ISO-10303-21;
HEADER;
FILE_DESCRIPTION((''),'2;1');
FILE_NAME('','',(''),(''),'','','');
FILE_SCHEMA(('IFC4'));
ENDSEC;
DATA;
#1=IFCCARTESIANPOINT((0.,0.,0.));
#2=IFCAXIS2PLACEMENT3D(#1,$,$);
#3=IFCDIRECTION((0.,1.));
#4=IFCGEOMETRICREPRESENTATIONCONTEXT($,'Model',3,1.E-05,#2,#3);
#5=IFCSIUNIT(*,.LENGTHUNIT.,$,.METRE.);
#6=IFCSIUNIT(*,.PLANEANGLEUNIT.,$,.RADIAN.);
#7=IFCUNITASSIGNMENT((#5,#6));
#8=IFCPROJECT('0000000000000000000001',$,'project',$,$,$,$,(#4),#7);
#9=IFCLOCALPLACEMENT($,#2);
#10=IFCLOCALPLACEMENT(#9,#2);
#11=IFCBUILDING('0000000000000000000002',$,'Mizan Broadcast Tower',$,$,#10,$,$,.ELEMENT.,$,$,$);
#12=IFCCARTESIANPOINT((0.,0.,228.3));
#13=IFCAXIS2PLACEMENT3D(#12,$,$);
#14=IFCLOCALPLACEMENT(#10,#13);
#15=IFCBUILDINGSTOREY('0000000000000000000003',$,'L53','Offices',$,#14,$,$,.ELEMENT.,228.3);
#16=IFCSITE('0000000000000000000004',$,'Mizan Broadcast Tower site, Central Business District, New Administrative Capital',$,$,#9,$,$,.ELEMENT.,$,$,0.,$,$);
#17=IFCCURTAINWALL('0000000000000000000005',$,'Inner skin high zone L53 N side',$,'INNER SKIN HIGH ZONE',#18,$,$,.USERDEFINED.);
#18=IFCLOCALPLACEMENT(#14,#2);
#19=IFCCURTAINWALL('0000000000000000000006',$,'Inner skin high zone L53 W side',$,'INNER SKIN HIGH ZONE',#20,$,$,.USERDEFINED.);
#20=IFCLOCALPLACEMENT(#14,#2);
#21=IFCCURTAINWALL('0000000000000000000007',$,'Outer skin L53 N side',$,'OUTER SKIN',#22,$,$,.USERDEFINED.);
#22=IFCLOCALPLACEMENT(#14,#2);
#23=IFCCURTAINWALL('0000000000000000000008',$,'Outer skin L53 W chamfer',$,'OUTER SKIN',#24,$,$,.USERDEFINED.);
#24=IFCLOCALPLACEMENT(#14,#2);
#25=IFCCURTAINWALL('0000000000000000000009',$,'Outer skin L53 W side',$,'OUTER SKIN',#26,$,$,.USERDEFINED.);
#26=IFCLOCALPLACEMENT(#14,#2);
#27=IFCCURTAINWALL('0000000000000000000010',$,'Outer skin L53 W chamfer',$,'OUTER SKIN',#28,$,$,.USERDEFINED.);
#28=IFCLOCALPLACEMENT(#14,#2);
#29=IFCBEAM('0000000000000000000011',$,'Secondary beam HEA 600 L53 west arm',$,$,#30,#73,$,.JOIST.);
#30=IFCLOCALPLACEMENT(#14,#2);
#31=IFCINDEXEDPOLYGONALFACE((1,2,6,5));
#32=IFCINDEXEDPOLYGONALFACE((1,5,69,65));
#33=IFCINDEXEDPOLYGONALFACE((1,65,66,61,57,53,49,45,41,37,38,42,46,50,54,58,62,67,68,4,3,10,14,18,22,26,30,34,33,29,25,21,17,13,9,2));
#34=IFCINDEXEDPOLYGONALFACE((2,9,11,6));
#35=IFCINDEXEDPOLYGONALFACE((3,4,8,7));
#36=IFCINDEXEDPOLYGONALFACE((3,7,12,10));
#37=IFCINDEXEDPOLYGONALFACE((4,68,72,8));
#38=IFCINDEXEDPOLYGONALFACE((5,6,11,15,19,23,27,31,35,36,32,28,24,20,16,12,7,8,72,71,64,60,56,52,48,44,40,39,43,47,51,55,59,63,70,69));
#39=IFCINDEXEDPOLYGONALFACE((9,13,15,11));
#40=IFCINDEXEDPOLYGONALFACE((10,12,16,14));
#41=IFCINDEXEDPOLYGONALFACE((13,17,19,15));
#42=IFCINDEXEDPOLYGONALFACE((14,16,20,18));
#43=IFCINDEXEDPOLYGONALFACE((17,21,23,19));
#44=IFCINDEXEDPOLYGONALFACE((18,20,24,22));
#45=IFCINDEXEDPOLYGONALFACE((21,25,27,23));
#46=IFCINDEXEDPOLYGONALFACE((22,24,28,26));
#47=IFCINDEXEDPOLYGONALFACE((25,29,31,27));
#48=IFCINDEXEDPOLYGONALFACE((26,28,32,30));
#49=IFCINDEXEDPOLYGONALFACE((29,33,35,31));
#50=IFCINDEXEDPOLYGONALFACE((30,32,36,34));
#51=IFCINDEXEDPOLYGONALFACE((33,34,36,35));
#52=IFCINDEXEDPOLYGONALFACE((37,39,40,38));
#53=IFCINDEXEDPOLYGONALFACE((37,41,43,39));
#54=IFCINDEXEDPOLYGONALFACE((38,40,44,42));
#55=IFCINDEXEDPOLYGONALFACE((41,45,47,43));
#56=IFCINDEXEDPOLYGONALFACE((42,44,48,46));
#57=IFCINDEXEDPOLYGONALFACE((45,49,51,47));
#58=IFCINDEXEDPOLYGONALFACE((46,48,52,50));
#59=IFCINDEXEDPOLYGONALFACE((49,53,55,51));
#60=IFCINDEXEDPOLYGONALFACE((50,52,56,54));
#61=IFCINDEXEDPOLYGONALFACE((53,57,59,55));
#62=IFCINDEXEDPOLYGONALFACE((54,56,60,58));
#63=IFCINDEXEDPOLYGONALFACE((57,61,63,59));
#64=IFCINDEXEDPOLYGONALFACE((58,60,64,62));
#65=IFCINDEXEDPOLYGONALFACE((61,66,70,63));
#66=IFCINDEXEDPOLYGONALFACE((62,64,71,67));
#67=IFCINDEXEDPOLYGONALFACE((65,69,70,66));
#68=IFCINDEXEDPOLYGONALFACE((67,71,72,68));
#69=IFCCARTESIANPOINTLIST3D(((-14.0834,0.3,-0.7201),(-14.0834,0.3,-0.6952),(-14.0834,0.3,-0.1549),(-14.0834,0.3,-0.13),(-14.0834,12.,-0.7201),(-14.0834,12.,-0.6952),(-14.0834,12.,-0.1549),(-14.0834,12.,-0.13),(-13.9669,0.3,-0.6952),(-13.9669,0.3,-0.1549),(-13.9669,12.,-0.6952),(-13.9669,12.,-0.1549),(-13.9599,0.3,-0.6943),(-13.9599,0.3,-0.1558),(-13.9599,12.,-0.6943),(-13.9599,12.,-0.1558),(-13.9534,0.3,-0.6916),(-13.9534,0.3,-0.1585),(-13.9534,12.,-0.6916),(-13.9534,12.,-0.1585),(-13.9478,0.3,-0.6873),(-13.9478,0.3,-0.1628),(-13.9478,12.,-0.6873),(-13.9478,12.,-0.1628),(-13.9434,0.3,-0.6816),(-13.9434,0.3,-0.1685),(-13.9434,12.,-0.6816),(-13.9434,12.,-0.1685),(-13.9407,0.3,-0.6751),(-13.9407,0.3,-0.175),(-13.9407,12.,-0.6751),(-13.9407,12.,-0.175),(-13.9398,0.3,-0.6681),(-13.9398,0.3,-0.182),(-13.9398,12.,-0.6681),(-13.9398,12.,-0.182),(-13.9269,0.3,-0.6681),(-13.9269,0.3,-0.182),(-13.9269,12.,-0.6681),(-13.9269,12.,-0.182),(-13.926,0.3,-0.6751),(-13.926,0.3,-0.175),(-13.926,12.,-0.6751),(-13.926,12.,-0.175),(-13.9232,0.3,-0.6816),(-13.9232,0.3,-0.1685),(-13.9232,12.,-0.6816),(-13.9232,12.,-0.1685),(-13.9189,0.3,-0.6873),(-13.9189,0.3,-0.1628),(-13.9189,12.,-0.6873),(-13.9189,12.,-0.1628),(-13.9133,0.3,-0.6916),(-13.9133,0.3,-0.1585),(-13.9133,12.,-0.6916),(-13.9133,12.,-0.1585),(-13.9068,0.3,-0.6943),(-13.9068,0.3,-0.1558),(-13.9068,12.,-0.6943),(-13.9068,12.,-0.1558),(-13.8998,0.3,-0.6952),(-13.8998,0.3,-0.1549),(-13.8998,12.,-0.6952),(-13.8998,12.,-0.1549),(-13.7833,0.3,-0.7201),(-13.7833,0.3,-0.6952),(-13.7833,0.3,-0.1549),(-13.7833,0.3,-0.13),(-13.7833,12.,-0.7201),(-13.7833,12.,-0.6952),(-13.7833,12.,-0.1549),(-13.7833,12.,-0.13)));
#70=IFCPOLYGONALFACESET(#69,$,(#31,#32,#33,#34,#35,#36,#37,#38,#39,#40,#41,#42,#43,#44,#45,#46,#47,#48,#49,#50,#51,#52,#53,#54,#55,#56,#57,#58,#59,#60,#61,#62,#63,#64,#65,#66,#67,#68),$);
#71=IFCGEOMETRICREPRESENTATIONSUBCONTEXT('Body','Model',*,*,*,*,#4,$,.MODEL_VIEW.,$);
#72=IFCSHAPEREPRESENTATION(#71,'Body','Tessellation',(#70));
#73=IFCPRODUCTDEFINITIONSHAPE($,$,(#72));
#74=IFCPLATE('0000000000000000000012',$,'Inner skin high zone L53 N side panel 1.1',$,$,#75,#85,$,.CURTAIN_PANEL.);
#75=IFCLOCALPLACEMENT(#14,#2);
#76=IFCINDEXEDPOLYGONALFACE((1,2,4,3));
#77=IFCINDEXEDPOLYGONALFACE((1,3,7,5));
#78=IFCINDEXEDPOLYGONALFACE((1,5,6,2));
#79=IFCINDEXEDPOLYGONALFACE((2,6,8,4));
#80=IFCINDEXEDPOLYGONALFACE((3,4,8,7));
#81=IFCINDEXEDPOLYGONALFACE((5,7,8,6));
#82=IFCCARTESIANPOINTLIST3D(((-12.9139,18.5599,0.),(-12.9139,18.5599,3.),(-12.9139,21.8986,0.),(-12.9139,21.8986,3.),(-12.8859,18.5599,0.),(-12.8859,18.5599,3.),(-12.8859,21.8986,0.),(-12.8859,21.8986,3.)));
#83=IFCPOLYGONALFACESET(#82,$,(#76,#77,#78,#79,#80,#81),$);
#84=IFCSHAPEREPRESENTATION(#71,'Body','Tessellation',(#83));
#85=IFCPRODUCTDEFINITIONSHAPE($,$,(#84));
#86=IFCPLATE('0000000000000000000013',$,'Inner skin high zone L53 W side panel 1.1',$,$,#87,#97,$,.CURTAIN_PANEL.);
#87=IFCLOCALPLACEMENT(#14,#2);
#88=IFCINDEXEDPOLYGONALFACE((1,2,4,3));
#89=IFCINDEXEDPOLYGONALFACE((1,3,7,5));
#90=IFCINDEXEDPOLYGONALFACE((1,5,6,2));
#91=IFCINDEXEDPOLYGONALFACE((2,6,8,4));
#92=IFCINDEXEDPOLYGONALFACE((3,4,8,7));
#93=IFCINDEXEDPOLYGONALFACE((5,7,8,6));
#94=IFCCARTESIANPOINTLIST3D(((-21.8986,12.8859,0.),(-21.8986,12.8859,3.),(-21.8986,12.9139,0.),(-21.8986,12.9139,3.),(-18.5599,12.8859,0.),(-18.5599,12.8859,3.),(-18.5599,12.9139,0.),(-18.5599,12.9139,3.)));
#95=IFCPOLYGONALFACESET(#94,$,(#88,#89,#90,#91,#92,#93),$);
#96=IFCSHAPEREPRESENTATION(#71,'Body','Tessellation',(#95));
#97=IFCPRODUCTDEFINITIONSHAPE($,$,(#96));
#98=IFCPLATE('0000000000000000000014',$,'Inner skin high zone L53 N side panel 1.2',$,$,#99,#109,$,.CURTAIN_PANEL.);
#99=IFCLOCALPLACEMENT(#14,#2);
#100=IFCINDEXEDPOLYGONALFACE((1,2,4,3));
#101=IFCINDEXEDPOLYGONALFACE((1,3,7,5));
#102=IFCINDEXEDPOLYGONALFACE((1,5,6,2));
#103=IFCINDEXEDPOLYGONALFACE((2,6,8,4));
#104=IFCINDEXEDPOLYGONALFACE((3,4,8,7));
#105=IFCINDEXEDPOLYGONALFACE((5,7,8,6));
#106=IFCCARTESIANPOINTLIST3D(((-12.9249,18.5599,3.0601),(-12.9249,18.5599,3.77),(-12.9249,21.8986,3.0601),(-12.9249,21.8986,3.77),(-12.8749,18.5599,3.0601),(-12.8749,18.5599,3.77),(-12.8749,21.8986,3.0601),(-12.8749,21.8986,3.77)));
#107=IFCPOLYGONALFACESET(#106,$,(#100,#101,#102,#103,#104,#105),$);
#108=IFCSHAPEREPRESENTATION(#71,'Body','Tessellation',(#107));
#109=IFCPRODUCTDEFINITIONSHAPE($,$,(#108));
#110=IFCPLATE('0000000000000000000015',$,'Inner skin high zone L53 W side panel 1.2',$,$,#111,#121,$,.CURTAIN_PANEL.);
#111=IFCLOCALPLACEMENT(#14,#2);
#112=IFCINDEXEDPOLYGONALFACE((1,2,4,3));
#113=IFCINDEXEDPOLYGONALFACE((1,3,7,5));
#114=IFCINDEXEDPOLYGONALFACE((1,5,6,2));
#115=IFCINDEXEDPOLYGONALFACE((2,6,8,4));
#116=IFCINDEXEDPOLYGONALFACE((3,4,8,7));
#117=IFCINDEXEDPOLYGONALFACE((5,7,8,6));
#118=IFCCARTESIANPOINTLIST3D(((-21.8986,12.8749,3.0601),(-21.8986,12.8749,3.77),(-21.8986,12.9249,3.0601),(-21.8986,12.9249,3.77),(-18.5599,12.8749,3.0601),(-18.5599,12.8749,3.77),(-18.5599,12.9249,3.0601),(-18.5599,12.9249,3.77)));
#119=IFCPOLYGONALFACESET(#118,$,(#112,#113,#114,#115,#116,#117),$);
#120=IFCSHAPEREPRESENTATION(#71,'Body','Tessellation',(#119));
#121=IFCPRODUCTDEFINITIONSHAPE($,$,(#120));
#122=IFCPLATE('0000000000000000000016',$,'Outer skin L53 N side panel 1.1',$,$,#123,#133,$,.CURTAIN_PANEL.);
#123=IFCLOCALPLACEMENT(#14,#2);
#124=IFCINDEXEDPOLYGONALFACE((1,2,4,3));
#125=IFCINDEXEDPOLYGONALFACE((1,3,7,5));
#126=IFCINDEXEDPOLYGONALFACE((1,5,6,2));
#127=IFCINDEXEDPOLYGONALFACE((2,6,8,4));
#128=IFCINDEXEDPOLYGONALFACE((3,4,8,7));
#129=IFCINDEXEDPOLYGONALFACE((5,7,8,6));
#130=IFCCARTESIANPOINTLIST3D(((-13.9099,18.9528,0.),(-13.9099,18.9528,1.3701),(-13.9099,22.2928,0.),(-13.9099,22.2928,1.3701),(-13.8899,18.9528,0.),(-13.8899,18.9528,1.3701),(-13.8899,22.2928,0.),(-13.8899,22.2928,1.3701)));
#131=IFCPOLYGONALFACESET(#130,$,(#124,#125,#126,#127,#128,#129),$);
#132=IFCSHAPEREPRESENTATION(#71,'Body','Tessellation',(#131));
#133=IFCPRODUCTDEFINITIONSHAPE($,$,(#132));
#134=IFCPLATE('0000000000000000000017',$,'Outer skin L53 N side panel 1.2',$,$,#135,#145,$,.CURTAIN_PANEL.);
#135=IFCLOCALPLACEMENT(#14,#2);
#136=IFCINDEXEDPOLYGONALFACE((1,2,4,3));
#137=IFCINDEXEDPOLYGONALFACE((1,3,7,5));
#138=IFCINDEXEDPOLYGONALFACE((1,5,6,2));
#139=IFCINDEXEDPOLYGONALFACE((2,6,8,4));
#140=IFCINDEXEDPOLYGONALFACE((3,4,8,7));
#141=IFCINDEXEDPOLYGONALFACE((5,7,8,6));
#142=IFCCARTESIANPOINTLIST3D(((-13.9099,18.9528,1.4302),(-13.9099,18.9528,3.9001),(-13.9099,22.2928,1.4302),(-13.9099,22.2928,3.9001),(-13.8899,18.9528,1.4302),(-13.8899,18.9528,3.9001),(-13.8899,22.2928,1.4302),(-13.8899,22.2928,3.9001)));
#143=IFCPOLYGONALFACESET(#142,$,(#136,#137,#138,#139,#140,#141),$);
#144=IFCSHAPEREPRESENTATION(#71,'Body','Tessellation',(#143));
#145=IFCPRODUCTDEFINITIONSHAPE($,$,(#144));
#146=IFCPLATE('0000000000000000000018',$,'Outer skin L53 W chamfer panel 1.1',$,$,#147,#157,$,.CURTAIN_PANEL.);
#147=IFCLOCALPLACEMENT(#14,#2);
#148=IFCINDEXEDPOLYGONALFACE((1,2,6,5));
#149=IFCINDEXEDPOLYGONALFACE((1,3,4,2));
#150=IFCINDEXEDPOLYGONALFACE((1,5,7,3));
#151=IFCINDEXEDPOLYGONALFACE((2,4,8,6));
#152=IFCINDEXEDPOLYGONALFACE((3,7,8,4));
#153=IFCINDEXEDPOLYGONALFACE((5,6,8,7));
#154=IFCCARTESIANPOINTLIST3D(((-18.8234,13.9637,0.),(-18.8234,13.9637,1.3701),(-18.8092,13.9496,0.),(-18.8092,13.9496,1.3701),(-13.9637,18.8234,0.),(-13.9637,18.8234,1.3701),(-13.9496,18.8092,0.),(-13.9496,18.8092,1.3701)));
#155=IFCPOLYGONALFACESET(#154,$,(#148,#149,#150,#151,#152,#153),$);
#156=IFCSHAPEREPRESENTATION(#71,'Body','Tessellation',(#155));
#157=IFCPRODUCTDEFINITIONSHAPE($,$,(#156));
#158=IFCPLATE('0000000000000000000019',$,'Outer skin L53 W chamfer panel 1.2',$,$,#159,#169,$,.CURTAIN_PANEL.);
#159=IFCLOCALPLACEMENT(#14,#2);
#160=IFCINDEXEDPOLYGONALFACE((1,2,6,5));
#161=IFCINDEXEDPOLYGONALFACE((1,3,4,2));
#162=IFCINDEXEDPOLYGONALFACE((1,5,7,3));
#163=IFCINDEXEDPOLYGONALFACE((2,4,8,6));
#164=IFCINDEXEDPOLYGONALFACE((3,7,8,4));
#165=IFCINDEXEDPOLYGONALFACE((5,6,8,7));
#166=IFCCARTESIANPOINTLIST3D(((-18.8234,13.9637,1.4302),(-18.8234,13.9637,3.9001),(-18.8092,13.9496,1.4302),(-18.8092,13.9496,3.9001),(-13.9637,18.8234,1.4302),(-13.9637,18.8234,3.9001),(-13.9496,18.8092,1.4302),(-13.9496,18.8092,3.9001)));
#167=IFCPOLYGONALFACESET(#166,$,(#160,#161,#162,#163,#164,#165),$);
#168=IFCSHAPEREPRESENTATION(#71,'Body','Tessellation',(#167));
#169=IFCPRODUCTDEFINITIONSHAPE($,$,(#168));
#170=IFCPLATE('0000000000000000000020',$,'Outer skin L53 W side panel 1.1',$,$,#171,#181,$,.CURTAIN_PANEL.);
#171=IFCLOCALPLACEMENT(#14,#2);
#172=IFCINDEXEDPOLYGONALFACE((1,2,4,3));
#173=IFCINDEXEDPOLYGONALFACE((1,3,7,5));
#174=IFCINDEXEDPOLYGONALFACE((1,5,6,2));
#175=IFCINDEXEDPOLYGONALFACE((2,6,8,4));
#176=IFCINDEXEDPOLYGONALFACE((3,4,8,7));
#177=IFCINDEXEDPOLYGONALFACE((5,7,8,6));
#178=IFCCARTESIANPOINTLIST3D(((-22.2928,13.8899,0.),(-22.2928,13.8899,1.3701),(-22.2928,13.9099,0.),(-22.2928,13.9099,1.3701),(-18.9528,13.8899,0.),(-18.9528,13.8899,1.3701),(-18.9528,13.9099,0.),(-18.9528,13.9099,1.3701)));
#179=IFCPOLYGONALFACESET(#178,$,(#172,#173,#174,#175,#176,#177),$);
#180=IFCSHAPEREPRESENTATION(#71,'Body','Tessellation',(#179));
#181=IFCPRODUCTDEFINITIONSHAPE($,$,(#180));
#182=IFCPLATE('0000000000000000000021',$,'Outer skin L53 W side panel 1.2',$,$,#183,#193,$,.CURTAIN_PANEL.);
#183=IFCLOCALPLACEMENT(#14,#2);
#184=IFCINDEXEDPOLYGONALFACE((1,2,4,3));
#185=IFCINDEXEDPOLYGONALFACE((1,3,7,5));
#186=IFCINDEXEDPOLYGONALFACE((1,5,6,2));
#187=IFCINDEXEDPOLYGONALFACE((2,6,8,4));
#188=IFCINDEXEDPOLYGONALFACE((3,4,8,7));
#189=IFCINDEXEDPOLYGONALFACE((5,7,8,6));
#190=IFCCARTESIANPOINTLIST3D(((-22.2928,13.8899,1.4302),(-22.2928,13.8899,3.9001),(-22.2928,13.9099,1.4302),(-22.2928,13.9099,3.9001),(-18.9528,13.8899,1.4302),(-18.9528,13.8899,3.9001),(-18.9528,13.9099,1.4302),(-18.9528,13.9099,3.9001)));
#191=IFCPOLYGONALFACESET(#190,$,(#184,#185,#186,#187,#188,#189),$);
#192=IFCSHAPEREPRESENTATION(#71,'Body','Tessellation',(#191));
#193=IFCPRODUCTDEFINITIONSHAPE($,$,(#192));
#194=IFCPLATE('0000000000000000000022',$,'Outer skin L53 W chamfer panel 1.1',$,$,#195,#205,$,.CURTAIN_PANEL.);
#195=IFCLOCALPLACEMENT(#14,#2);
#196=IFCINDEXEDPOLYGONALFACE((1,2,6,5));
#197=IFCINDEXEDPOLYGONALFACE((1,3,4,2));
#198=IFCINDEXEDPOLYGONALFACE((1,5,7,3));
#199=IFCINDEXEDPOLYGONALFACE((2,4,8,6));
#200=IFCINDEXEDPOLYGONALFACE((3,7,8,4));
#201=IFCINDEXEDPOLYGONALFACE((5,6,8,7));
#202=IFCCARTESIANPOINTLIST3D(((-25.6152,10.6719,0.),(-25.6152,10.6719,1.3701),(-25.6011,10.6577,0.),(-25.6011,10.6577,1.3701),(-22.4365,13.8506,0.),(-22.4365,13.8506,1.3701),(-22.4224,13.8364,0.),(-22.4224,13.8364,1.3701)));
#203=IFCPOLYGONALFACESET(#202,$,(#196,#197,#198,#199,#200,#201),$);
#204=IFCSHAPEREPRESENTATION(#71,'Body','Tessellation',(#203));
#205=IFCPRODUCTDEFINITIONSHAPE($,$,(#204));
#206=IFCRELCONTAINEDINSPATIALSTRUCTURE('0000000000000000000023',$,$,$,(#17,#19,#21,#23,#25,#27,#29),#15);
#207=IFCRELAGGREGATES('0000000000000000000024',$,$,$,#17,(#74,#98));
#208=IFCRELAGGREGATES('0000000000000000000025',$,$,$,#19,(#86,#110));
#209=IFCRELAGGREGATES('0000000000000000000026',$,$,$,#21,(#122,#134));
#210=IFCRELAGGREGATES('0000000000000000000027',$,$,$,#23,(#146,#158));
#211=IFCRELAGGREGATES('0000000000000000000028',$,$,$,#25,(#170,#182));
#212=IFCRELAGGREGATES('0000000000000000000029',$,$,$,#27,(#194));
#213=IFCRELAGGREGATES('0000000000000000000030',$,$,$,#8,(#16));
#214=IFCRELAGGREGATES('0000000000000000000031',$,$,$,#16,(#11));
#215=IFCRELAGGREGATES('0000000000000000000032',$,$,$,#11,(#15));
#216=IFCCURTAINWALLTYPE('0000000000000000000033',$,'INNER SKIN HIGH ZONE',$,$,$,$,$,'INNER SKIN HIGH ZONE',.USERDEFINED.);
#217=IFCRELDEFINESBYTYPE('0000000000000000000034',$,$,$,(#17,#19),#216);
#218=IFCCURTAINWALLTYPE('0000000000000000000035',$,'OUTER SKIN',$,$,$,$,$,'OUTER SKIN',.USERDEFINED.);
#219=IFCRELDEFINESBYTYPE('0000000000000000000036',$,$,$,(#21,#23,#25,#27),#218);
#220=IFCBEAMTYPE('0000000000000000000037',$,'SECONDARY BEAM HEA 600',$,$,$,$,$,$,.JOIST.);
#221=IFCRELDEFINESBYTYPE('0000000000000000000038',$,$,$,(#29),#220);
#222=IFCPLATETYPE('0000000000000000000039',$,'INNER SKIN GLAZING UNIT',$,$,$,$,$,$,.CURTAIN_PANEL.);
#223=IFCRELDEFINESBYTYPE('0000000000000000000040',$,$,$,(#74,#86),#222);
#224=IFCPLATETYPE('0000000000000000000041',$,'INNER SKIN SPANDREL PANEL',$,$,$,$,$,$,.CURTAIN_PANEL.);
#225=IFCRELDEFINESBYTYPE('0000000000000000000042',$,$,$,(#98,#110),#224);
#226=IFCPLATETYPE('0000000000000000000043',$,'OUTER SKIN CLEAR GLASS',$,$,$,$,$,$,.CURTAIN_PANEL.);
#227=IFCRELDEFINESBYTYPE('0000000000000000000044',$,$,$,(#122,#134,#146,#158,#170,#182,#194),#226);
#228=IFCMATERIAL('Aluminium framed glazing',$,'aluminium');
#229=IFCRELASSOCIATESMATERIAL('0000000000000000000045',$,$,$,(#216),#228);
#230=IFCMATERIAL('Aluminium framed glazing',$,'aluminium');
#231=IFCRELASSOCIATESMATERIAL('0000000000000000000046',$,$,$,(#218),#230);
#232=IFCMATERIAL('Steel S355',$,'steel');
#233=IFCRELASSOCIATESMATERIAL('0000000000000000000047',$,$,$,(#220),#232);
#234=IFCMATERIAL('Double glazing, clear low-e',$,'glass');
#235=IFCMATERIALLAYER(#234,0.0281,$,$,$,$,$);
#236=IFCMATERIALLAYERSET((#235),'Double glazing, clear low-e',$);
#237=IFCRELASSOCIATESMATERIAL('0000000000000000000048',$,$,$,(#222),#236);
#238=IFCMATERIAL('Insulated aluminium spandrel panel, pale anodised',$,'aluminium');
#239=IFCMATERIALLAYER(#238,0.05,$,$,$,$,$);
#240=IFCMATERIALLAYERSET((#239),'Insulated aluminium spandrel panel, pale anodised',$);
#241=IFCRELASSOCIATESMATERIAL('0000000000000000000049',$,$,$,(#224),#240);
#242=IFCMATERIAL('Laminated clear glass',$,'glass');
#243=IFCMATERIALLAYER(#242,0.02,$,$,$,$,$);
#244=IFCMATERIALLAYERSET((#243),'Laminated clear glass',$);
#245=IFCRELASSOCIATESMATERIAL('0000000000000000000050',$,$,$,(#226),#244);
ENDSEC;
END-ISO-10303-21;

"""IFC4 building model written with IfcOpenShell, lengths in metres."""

from ifc_helpers import new_model, si_unit, direction, frame, origin, origin_2d, place, context, subcontext, project, spatial, rectangle, i_section, extrude, material, layer, layer_set, material_profile, profile_set, type_object, element, aggregate, save


model = new_model("IFC4")

# Units and contexts
model_context = context("Model", 3, precision=1e-05, world=origin(), true_north=direction((0.0, 1.0)))
body_context = subcontext(model_context, "Body", "Model", "MODEL_VIEW")
ifc_project = project(units=[si_unit("LENGTHUNIT", "METRE"), si_unit("PLANEANGLEUNIT", "RADIAN")], contexts=[model_context])

# Site, building, storey
site_placement = place(None, origin())
site = spatial("IfcSite", under=ifc_project, at=site_placement, Name="Mizan Broadcast Tower site, Central Business District, New Administrative Capital", CompositionType="ELEMENT", RefElevation=0.0)
building_placement = place(site_placement, origin())
building = spatial("IfcBuilding", under=site, at=building_placement, Name="Mizan Broadcast Tower", CompositionType="ELEMENT")
storey_placement = place(building_placement, frame((0.0, 0.0, 228.3)))
storey = spatial("IfcBuildingStorey", under=building, at=storey_placement, Name="L53", Description="Offices", CompositionType="ELEMENT", Elevation=228.3)

# Curtain wall
ifc_material_1 = material(Name="Aluminium framed glazing", Category="aluminium")
curtain_wall_type_1 = type_object("IfcCurtainWallType", Name="INNER SKIN HIGH ZONE", ElementType="INNER SKIN HIGH ZONE", PredefinedType="USERDEFINED", material=ifc_material_1)
curtain_wall_1_placement = place(storey_placement, origin())
curtain_wall_1 = element("IfcCurtainWall", 1, at=curtain_wall_1_placement, inside=storey, type_object=curtain_wall_type_1, Name="Inner skin high zone L53 N side", ObjectType="INNER SKIN HIGH ZONE", PredefinedType="USERDEFINED")

# Curtain wall
curtain_wall_2_placement = place(storey_placement, origin())
curtain_wall_2 = element("IfcCurtainWall", 2, at=curtain_wall_2_placement, inside=storey, type_object=curtain_wall_type_1, Name="Inner skin high zone L53 W side", ObjectType="INNER SKIN HIGH ZONE", PredefinedType="USERDEFINED")

# Curtain walls
ifc_material_2 = material(Name="Aluminium framed glazing", Category="aluminium")
curtain_wall_type_2 = type_object("IfcCurtainWallType", Name="OUTER SKIN", ElementType="OUTER SKIN", PredefinedType="USERDEFINED", material=ifc_material_2)
curtain_wall_3_placement = place(storey_placement, origin())
curtain_wall_3 = element("IfcCurtainWall", 3, at=curtain_wall_3_placement, inside=storey, type_object=curtain_wall_type_2, Name="Outer skin L53 N side", ObjectType="OUTER SKIN", PredefinedType="USERDEFINED")
curtain_wall_4_placement = place(storey_placement, origin())
curtain_wall_4 = element("IfcCurtainWall", 4, at=curtain_wall_4_placement, inside=storey, type_object=curtain_wall_type_2, Name="Outer skin L53 W chamfer", ObjectType="OUTER SKIN", PredefinedType="USERDEFINED")
curtain_wall_5_placement = place(storey_placement, origin())
curtain_wall_5 = element("IfcCurtainWall", 5, at=curtain_wall_5_placement, inside=storey, type_object=curtain_wall_type_2, Name="Outer skin L53 W side", ObjectType="OUTER SKIN", PredefinedType="USERDEFINED")

# Curtain wall
curtain_wall_6_placement = place(storey_placement, origin())
curtain_wall_6 = element("IfcCurtainWall", 6, at=curtain_wall_6_placement, inside=storey, type_object=curtain_wall_type_2, Name="Outer skin L53 W chamfer", ObjectType="OUTER SKIN", PredefinedType="USERDEFINED")

# Beam
ifc_material_3 = material(Name="Steel S355", Category="steel")
ifc_material_profile_1 = material_profile(ifc_material_3, i_section(OverallWidth=0.3, OverallDepth=0.5901, WebThickness=0.0129, FlangeThickness=0.0249, FilletRadius=0.0271, at=origin_2d()), Name="HEA 600")
ifc_profile_set_1 = profile_set([ifc_material_profile_1], Name="Steel S355")
beam_type = type_object("IfcBeamType", Name="SECONDARY BEAM HEA 600", PredefinedType="JOIST", material=ifc_profile_set_1)
beam_placement = place(storey_placement, frame((-13.9333, 12.0, -0.425), z_axis=(0.0, -1.0, 0.0), x_axis=(1.0, 0.0, 0.0)))
element("IfcBeam", 7, at=beam_placement, inside=storey, type_object=beam_type, Name="Secondary beam HEA 600 L53 west arm", PredefinedType="JOIST", context=body_context, shape_type="SweptSolid", body=[
    extrude(i_section(OverallWidth=0.3, OverallDepth=0.5901, WebThickness=0.0129, FlangeThickness=0.0249, FilletRadius=0.0271, at=origin_2d()), origin(), (0.0, 0.0, 1.0), 11.7),
])

# Plates
ifc_material_4 = material(Name="Double glazing, clear low-e", Category="glass")
ifc_layer_1 = layer(ifc_material_4, 0.0281)
ifc_layer_set_1 = layer_set([ifc_layer_1], Name="Double glazing, clear low-e")
plate_type_1 = type_object("IfcPlateType", Name="INNER SKIN GLAZING UNIT", PredefinedType="CURTAIN_PANEL", material=ifc_layer_set_1)
plate_1_placement = place(storey_placement, frame((-12.8999, 20.2292, 0.0), z_axis=(0.0, 0.0, 1.0), x_axis=(0.0, -1.0, 0.0)))
plate_1 = element("IfcPlate", 8, at=plate_1_placement, type_object=plate_type_1, Name="Inner skin high zone L53 N side panel 1.1", PredefinedType="CURTAIN_PANEL", context=body_context, shape_type="SweptSolid", body=[
    extrude(rectangle(XDim=3.3386, YDim=0.0281, at=origin_2d()), origin(), (0.0, 0.0, 1.0), 3.0),
])
plate_2_placement = place(storey_placement, frame((-20.2292, 12.8999, 0.0), z_axis=(0.0, 0.0, 1.0), x_axis=(-1.0, 0.0, 0.0)))
plate_2 = element("IfcPlate", 9, at=plate_2_placement, type_object=plate_type_1, Name="Inner skin high zone L53 W side panel 1.1", PredefinedType="CURTAIN_PANEL", context=body_context, shape_type="SweptSolid", body=[
    extrude(rectangle(XDim=3.3386, YDim=0.0281, at=origin_2d()), origin(), (0.0, 0.0, 1.0), 3.0),
])
ifc_material_5 = material(Name="Insulated aluminium spandrel panel, pale anodised", Category="aluminium")
ifc_layer_2 = layer(ifc_material_5, 0.05)
ifc_layer_set_2 = layer_set([ifc_layer_2], Name="Insulated aluminium spandrel panel, pale anodised")
plate_type_2 = type_object("IfcPlateType", Name="INNER SKIN SPANDREL PANEL", PredefinedType="CURTAIN_PANEL", material=ifc_layer_set_2)
plate_3_placement = place(storey_placement, frame((-12.8999, 20.2292, 3.0601), z_axis=(0.0, 0.0, 1.0), x_axis=(0.0, -1.0, 0.0)))
plate_3 = element("IfcPlate", 10, at=plate_3_placement, type_object=plate_type_2, Name="Inner skin high zone L53 N side panel 1.2", PredefinedType="CURTAIN_PANEL", context=body_context, shape_type="SweptSolid", body=[
    extrude(rectangle(XDim=3.3386, YDim=0.05, at=origin_2d()), origin(), (0.0, 0.0, 1.0), 0.71),
])
aggregate(curtain_wall_1, [plate_1, plate_3])
plate_4_placement = place(storey_placement, frame((-20.2292, 12.8999, 3.0601), z_axis=(0.0, 0.0, 1.0), x_axis=(-1.0, 0.0, 0.0)))
plate_4 = element("IfcPlate", 11, at=plate_4_placement, type_object=plate_type_2, Name="Inner skin high zone L53 W side panel 1.2", PredefinedType="CURTAIN_PANEL", context=body_context, shape_type="SweptSolid", body=[
    extrude(rectangle(XDim=3.3386, YDim=0.05, at=origin_2d()), origin(), (0.0, 0.0, 1.0), 0.71),
])
aggregate(curtain_wall_2, [plate_2, plate_4])
ifc_material_6 = material(Name="Laminated clear glass", Category="glass")
ifc_layer_3 = layer(ifc_material_6, 0.02)
ifc_layer_set_3 = layer_set([ifc_layer_3], Name="Laminated clear glass")
plate_type_3 = type_object("IfcPlateType", Name="OUTER SKIN CLEAR GLASS", PredefinedType="CURTAIN_PANEL", material=ifc_layer_set_3)
plate_5_placement = place(storey_placement, frame((-13.8999, 20.6228, 0.0), z_axis=(0.0, 0.0, 1.0), x_axis=(0.0, -1.0, 0.0)))
plate_5 = element("IfcPlate", 12, at=plate_5_placement, type_object=plate_type_3, Name="Outer skin L53 N side panel 1.1", PredefinedType="CURTAIN_PANEL", context=body_context, shape_type="SweptSolid", body=[
    extrude(rectangle(XDim=3.3401, YDim=0.02, at=origin_2d()), origin(), (0.0, 0.0, 1.0), 1.3701),
])
plate_6_placement = place(storey_placement, frame((-13.8999, 20.6228, 1.4302), z_axis=(0.0, 0.0, 1.0), x_axis=(0.0, -1.0, 0.0)))
plate_6 = element("IfcPlate", 13, at=plate_6_placement, type_object=plate_type_3, Name="Outer skin L53 N side panel 1.2", PredefinedType="CURTAIN_PANEL", context=body_context, shape_type="SweptSolid", body=[
    extrude(rectangle(XDim=3.3401, YDim=0.02, at=origin_2d()), origin(), (0.0, 0.0, 1.0), 2.47),
])
aggregate(curtain_wall_3, [plate_5, plate_6])
plate_7_placement = place(storey_placement, frame((-16.3865, 16.3865, 0.0), z_axis=(0.0, 0.0, 1.0), x_axis=(-0.707107, -0.707107, 0.0)))
plate_7 = element("IfcPlate", 14, at=plate_7_placement, type_object=plate_type_3, Name="Outer skin L53 W chamfer panel 1.1", PredefinedType="CURTAIN_PANEL", context=body_context, shape_type="SweptSolid", body=[
    extrude(rectangle(XDim=6.8726, YDim=0.02, at=origin_2d()), origin(), (0.0, 0.0, 1.0), 1.3701),
])
plate_8_placement = place(storey_placement, frame((-16.3865, 16.3865, 1.4302), z_axis=(0.0, 0.0, 1.0), x_axis=(-0.707107, -0.707107, 0.0)))
plate_8 = element("IfcPlate", 15, at=plate_8_placement, type_object=plate_type_3, Name="Outer skin L53 W chamfer panel 1.2", PredefinedType="CURTAIN_PANEL", context=body_context, shape_type="SweptSolid", body=[
    extrude(rectangle(XDim=6.8726, YDim=0.02, at=origin_2d()), origin(), (0.0, 0.0, 1.0), 2.47),
])
aggregate(curtain_wall_4, [plate_7, plate_8])
plate_9_placement = place(storey_placement, frame((-20.6228, 13.8999, 0.0), z_axis=(0.0, 0.0, 1.0), x_axis=(-1.0, 0.0, 0.0)))
plate_9 = element("IfcPlate", 16, at=plate_9_placement, type_object=plate_type_3, Name="Outer skin L53 W side panel 1.1", PredefinedType="CURTAIN_PANEL", context=body_context, shape_type="SweptSolid", body=[
    extrude(rectangle(XDim=3.3401, YDim=0.02, at=origin_2d()), origin(), (0.0, 0.0, 1.0), 1.3701),
])
plate_10_placement = place(storey_placement, frame((-20.6228, 13.8999, 1.4302), z_axis=(0.0, 0.0, 1.0), x_axis=(-1.0, 0.0, 0.0)))
plate_10 = element("IfcPlate", 17, at=plate_10_placement, type_object=plate_type_3, Name="Outer skin L53 W side panel 1.2", PredefinedType="CURTAIN_PANEL", context=body_context, shape_type="SweptSolid", body=[
    extrude(rectangle(XDim=3.3401, YDim=0.02, at=origin_2d()), origin(), (0.0, 0.0, 1.0), 2.47),
])
aggregate(curtain_wall_5, [plate_9, plate_10])
plate_11_placement = place(storey_placement, frame((-24.0188, 12.2542, 0.0), z_axis=(0.0, 0.0, 1.0), x_axis=(-0.707107, -0.707107, 0.0)))
plate_11 = element("IfcPlate", 18, at=plate_11_placement, type_object=plate_type_3, Name="Outer skin L53 W chamfer panel 1.1", PredefinedType="CURTAIN_PANEL", context=body_context, shape_type="SweptSolid", body=[
    extrude(rectangle(XDim=4.4954, YDim=0.02, at=origin_2d()), origin(), (0.0, 0.0, 1.0), 1.3701),
])
aggregate(curtain_wall_6, [plate_11])

save(model, "model.ifc")
